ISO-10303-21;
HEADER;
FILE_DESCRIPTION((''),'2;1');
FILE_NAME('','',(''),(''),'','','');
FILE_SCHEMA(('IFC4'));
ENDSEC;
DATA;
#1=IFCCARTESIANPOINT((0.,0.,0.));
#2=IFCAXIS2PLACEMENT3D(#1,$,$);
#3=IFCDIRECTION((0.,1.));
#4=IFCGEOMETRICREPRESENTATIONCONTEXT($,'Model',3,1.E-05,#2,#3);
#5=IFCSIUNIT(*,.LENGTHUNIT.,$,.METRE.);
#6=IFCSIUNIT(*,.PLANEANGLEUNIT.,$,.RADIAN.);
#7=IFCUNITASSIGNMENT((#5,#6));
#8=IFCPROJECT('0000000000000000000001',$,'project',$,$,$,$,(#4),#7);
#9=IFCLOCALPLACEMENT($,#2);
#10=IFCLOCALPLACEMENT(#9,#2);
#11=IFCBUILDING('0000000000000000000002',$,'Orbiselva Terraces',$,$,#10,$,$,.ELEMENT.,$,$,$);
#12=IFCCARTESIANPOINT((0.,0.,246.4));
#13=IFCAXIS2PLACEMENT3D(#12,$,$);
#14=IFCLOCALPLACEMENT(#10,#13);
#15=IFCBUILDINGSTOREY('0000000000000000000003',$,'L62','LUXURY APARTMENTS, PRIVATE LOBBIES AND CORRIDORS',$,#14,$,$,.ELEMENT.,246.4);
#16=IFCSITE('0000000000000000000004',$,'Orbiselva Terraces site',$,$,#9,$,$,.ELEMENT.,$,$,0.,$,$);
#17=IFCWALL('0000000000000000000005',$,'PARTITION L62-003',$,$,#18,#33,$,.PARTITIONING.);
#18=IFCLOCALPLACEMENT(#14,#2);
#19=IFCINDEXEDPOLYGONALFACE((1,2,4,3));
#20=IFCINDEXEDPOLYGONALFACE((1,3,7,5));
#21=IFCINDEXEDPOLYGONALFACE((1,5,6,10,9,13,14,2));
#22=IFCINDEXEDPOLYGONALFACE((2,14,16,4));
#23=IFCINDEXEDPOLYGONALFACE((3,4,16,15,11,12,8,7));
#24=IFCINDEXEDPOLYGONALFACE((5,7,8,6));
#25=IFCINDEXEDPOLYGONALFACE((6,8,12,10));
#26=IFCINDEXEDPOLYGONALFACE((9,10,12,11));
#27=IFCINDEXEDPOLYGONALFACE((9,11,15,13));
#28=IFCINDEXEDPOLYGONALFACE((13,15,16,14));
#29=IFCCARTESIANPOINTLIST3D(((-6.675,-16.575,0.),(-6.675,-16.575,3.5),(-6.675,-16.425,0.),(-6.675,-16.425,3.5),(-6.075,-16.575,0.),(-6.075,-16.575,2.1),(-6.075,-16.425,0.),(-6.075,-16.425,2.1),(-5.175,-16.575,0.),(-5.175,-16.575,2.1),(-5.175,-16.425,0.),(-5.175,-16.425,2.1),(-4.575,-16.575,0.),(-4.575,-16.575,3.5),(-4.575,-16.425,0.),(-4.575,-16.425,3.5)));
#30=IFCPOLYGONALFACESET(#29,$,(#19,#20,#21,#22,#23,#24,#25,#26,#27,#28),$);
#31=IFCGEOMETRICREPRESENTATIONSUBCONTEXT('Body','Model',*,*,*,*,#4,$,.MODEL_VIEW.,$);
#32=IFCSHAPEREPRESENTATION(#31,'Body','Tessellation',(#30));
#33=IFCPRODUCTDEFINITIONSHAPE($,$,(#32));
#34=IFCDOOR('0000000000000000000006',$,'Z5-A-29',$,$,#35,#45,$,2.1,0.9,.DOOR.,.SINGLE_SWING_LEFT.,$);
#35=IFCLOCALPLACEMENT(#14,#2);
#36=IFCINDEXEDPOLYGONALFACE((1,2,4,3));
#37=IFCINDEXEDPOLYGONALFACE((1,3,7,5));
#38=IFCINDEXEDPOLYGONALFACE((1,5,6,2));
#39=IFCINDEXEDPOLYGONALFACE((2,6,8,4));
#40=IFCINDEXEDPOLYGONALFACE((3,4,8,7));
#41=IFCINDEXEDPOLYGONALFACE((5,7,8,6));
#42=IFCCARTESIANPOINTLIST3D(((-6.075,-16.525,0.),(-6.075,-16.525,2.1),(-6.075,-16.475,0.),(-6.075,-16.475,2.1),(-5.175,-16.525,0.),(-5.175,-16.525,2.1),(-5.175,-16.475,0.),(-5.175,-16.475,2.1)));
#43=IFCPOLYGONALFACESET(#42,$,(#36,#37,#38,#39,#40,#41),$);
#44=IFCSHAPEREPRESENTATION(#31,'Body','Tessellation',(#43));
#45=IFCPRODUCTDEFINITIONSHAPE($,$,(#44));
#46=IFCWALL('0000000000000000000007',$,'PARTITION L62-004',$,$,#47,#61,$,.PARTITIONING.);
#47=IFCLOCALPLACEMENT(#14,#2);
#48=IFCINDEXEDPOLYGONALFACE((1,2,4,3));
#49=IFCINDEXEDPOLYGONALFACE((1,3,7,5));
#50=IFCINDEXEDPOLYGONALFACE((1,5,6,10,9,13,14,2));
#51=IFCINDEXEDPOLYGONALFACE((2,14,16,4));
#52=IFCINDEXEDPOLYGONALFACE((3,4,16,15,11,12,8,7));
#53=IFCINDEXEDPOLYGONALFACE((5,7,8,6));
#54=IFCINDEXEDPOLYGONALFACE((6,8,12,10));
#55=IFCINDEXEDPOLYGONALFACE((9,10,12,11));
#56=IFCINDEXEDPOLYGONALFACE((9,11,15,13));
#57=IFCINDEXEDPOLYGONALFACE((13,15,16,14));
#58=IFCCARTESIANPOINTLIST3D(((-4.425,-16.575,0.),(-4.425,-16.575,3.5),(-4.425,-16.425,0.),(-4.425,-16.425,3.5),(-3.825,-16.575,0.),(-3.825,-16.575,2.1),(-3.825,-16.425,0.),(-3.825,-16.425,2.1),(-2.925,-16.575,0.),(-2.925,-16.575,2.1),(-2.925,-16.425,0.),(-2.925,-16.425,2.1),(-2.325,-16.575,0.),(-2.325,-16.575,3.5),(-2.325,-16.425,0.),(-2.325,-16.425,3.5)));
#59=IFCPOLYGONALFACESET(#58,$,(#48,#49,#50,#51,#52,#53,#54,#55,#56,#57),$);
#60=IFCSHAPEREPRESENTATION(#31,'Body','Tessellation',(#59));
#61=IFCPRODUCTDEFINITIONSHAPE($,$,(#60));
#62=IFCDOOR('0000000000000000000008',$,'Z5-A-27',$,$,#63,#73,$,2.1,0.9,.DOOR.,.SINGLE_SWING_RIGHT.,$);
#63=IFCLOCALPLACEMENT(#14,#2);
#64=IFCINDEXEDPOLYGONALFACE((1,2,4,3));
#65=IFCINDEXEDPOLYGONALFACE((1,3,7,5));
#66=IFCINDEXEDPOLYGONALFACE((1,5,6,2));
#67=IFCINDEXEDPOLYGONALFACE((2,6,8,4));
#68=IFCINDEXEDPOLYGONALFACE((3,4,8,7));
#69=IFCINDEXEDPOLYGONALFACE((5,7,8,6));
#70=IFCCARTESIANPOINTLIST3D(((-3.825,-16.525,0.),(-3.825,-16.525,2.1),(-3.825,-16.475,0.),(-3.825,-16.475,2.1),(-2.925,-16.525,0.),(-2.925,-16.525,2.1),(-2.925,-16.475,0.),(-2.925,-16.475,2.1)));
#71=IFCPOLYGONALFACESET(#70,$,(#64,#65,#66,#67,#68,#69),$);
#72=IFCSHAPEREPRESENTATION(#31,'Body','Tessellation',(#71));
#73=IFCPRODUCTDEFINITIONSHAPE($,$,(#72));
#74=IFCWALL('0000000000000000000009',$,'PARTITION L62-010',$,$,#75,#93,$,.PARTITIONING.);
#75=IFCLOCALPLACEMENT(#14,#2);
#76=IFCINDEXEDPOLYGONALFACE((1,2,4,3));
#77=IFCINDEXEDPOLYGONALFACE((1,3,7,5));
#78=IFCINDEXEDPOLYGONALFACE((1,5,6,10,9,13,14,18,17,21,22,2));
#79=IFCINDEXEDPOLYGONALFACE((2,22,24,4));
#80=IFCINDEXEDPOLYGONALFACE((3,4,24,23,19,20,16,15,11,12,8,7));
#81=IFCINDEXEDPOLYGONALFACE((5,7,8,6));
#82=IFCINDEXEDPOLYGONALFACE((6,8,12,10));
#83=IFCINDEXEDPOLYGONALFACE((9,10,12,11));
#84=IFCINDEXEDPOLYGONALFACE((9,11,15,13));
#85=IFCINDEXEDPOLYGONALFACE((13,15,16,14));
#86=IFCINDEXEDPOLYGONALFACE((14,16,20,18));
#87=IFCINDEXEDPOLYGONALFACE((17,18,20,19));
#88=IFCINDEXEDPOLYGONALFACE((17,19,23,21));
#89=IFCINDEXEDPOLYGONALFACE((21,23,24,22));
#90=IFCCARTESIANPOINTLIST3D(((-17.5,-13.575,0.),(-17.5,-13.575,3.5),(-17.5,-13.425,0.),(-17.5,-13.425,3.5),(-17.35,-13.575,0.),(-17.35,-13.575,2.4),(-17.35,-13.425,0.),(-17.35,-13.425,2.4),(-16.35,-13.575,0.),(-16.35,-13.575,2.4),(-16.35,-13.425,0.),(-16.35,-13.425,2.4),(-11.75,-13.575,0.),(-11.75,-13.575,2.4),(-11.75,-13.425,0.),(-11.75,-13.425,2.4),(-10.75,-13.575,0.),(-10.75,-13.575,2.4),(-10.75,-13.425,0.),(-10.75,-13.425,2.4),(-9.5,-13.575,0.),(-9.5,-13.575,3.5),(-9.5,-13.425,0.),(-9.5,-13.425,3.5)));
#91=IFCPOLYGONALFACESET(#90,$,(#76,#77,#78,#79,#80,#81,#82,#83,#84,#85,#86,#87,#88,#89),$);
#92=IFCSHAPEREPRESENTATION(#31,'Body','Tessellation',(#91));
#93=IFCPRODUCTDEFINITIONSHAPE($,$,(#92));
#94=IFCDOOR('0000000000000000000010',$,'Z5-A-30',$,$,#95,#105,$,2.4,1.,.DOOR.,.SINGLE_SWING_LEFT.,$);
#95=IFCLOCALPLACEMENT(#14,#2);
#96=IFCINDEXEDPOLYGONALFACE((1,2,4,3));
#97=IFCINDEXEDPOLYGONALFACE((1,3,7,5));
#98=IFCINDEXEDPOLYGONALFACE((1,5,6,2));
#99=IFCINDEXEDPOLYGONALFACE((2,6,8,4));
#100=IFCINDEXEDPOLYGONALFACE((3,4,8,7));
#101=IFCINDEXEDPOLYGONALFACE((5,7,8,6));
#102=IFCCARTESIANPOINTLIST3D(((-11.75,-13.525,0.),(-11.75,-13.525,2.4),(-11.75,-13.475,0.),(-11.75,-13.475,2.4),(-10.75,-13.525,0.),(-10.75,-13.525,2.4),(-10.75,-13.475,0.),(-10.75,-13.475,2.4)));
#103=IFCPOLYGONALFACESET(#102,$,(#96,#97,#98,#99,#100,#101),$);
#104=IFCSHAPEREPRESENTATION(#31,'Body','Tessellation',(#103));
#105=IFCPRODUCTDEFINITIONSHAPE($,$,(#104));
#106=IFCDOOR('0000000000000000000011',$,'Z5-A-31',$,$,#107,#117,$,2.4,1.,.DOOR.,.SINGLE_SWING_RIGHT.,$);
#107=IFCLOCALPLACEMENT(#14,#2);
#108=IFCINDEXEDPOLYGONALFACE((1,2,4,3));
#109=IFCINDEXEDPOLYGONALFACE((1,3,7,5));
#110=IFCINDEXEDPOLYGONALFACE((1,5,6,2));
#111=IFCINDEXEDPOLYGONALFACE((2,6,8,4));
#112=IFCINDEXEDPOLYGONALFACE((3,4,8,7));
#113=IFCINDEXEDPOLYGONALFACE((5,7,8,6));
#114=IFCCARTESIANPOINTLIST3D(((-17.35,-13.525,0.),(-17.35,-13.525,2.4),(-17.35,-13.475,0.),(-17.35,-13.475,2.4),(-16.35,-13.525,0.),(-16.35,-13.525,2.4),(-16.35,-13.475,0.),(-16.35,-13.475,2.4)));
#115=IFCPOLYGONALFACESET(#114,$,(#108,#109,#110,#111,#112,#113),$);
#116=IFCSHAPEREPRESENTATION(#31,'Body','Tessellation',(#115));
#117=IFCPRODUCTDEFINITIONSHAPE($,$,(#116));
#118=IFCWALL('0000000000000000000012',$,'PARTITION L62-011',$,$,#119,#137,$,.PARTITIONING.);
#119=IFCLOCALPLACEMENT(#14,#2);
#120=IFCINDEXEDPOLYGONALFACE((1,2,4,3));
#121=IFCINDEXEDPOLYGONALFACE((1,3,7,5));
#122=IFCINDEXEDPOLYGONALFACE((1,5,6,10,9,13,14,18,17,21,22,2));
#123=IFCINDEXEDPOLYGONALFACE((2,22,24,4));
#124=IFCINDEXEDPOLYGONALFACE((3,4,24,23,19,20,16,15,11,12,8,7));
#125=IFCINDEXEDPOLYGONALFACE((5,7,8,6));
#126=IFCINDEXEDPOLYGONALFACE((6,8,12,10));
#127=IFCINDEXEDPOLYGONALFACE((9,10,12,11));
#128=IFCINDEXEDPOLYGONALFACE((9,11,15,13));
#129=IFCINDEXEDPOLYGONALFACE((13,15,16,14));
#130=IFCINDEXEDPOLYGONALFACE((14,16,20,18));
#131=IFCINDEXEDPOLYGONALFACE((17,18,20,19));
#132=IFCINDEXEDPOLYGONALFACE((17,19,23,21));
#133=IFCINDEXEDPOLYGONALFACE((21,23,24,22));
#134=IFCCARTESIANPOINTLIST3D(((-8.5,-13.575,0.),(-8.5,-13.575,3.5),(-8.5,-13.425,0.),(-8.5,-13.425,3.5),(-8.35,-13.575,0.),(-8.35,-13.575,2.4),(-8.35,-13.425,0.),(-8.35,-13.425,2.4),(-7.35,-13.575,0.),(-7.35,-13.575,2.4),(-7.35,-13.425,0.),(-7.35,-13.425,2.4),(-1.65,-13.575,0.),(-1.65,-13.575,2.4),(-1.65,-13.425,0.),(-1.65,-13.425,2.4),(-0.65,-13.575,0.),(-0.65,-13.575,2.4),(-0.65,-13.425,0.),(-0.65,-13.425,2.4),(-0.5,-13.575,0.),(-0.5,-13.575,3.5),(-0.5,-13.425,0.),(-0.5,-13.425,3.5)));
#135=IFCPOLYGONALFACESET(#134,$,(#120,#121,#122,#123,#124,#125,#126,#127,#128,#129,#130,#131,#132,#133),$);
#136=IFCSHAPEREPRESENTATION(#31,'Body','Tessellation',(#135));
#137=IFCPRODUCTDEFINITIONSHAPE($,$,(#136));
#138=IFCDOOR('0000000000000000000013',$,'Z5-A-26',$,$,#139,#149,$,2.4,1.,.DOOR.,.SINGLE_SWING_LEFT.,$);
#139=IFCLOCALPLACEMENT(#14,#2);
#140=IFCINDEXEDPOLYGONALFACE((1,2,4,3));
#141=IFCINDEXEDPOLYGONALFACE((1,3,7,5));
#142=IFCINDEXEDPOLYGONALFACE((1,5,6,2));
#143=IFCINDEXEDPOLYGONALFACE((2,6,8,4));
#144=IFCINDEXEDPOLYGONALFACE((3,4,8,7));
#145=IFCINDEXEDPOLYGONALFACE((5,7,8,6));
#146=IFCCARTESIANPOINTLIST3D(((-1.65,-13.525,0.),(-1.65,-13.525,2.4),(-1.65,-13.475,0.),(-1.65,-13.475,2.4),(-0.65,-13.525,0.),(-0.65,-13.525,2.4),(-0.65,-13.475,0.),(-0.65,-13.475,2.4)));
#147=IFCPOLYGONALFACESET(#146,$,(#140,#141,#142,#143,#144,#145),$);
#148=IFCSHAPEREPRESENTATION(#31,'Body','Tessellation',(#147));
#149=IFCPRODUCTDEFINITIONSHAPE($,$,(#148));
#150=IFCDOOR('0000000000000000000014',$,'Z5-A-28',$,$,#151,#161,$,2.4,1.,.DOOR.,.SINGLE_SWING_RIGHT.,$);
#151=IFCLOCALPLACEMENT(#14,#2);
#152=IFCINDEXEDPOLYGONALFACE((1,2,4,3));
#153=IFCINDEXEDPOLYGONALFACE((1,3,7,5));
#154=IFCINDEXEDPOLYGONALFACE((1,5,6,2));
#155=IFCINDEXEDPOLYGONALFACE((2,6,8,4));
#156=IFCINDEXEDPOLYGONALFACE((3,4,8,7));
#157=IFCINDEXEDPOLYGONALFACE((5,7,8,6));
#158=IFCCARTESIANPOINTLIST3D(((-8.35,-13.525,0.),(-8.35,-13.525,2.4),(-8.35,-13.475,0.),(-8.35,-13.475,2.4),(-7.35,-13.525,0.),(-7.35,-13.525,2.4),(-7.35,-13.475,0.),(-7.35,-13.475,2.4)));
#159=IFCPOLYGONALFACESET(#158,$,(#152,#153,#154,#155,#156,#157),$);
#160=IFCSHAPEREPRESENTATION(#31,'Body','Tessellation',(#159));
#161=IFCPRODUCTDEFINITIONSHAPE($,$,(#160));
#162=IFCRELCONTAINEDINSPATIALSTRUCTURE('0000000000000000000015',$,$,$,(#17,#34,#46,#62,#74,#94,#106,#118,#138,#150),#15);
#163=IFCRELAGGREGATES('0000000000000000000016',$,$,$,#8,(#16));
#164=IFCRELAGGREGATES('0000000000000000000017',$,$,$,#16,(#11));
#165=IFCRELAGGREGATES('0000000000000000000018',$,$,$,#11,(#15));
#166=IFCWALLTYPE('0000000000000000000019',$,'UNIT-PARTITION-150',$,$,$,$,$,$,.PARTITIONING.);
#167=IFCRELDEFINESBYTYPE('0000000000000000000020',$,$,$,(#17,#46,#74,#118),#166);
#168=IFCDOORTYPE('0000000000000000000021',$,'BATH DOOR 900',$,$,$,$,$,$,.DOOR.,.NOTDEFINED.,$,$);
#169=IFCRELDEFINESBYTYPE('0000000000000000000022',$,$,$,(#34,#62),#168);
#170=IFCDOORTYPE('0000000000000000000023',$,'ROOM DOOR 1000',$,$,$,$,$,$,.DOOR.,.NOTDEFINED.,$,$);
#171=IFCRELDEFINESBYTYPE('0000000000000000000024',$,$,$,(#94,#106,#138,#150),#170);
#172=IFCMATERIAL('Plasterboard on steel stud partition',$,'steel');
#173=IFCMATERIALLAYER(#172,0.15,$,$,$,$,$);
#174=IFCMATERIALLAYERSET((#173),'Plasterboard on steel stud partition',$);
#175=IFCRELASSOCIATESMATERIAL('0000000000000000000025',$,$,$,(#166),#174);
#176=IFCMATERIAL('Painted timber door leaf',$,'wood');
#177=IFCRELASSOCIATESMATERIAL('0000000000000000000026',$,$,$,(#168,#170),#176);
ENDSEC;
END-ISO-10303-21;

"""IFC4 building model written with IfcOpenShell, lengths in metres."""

from ifc_helpers import new_model, si_unit, direction, frame, frame_2d, origin, place, context, subcontext, project, spatial, rectangle, extrude, material, layer, layer_set, type_object, element, fill, save


model = new_model("IFC4")

# Units and contexts
model_context = context("Model", 3, precision=1e-05, world=origin(), true_north=direction((0.0, 1.0)))
body_context = subcontext(model_context, "Body", "Model", "MODEL_VIEW")
ifc_project = project(units=[si_unit("LENGTHUNIT", "METRE"), si_unit("PLANEANGLEUNIT", "RADIAN")], contexts=[model_context])

# Site, building, storey
site_placement = place(None, origin())
site = spatial("IfcSite", under=ifc_project, at=site_placement, Name="Orbiselva Terraces site", CompositionType="ELEMENT", RefElevation=0.0)
building_placement = place(site_placement, origin())
building = spatial("IfcBuilding", under=site, at=building_placement, Name="Orbiselva Terraces", CompositionType="ELEMENT")
storey_placement = place(building_placement, frame((0.0, 0.0, 246.4)))
storey = spatial("IfcBuildingStorey", under=building, at=storey_placement, Name="L62", Description="LUXURY APARTMENTS, PRIVATE LOBBIES AND CORRIDORS", CompositionType="ELEMENT", Elevation=246.4)

# Walls, openings, doors
ifc_material_1 = material(Name="Plasterboard on steel stud partition", Category="steel")
ifc_layer_1 = layer(ifc_material_1, 0.15)
ifc_layer_set_1 = layer_set([ifc_layer_1], Name="Plasterboard on steel stud partition")
wall_type_1 = type_object("IfcWallType", Name="UNIT-PARTITION-150", PredefinedType="PARTITIONING", material=ifc_layer_set_1)
wall_1_placement = place(storey_placement, frame((-6.675, -16.5, 0.0), z_axis=(0.0, 0.0, 1.0), x_axis=(1.0, 0.0, 0.0)))
wall_1 = element("IfcWall", 1, at=wall_1_placement, inside=storey, type_object=wall_type_1, Name="PARTITION L62-003", PredefinedType="PARTITIONING", context=body_context, shape_type="SweptSolid", body=[
    extrude(rectangle(XDim=2.1, YDim=0.15, at=frame_2d((1.05, 0.0))), origin(), (0.0, 0.0, 1.0), 3.5),
])
opening_1_placement = place(wall_1_placement, frame((0.6, 0.0, 0.0)))
opening_1 = element("IfcOpeningElement", 2, at=opening_1_placement, cuts=wall_1, PredefinedType="OPENING", context=body_context, shape_type="SweptSolid", body=[
    extrude(rectangle(XDim=0.9, YDim=2.1, at=frame_2d((0.45, 1.05))), frame((0.0, 0.085, 0.0), z_axis=(0.0, -1.0, 0.0), x_axis=(1.0, 0.0, 0.0)), (0.0, 0.0, 1.0), 0.17),
])
ifc_material_2 = material(Name="Painted timber door leaf", Category="wood")
door_type_1 = type_object("IfcDoorType", Name="BATH DOOR 900", OperationType="NOTDEFINED", PredefinedType="DOOR", material=ifc_material_2)
door_1_placement = place(opening_1_placement, origin())
door_1 = element("IfcDoor", 3, at=door_1_placement, inside=storey, type_object=door_type_1, Name="Z5-A-29", OperationType="SINGLE_SWING_LEFT", OverallHeight=2.1, OverallWidth=0.9, PredefinedType="DOOR", context=body_context, shape_type="SweptSolid", body=[
    extrude(rectangle(XDim=0.9, YDim=2.1, at=frame_2d((0.45, 1.05))), frame((0.0, 0.025, 0.0), z_axis=(0.0, -1.0, 0.0), x_axis=(1.0, 0.0, 0.0)), (0.0, 0.0, 1.0), 0.05),
])
fill(opening_1, door_1)
wall_2_placement = place(storey_placement, frame((-4.425, -16.5, 0.0), z_axis=(0.0, 0.0, 1.0), x_axis=(1.0, 0.0, 0.0)))
wall_2 = element("IfcWall", 4, at=wall_2_placement, inside=storey, type_object=wall_type_1, Name="PARTITION L62-004", PredefinedType="PARTITIONING", context=body_context, shape_type="SweptSolid", body=[
    extrude(rectangle(XDim=2.1, YDim=0.15, at=frame_2d((1.05, 0.0))), origin(), (0.0, 0.0, 1.0), 3.5),
])
opening_2_placement = place(wall_2_placement, frame((0.6, 0.0, 0.0)))
opening_2 = element("IfcOpeningElement", 5, at=opening_2_placement, cuts=wall_2, PredefinedType="OPENING", context=body_context, shape_type="SweptSolid", body=[
    extrude(rectangle(XDim=0.9, YDim=2.1, at=frame_2d((0.45, 1.05))), frame((0.0, 0.085, 0.0), z_axis=(0.0, -1.0, 0.0), x_axis=(1.0, 0.0, 0.0)), (0.0, 0.0, 1.0), 0.17),
])
door_2_placement = place(opening_2_placement, origin())
door_2 = element("IfcDoor", 6, at=door_2_placement, inside=storey, type_object=door_type_1, Name="Z5-A-27", OperationType="SINGLE_SWING_RIGHT", OverallHeight=2.1, OverallWidth=0.9, PredefinedType="DOOR", context=body_context, shape_type="SweptSolid", body=[
    extrude(rectangle(XDim=0.9, YDim=2.1, at=frame_2d((0.45, 1.05))), frame((0.0, 0.025, 0.0), z_axis=(0.0, -1.0, 0.0), x_axis=(1.0, 0.0, 0.0)), (0.0, 0.0, 1.0), 0.05),
])
fill(opening_2, door_2)

# Walls, openings, doors
wall_3_placement = place(storey_placement, frame((-9.5, -13.5, 0.0), z_axis=(0.0, 0.0, 1.0), x_axis=(-1.0, 0.0, 0.0)))
wall_3 = element("IfcWall", 7, at=wall_3_placement, inside=storey, type_object=wall_type_1, Name="PARTITION L62-010", PredefinedType="PARTITIONING", context=body_context, shape_type="SweptSolid", body=[
    extrude(rectangle(XDim=8.0, YDim=0.15, at=frame_2d((4.0, 0.0))), origin(), (0.0, 0.0, 1.0), 3.5),
])
opening_3_placement = place(wall_3_placement, frame((1.25, 0.0, 0.0)))
opening_3 = element("IfcOpeningElement", 8, at=opening_3_placement, cuts=wall_3, PredefinedType="OPENING", context=body_context, shape_type="SweptSolid", body=[
    extrude(rectangle(XDim=1.0, YDim=2.4, at=frame_2d((0.5, 1.2))), frame((0.0, 0.085, 0.0), z_axis=(0.0, -1.0, 0.0), x_axis=(1.0, 0.0, 0.0)), (0.0, 0.0, 1.0), 0.17),
])
opening_4_placement = place(wall_3_placement, frame((6.85, 0.0, 0.0)))
opening_4 = element("IfcOpeningElement", 9, at=opening_4_placement, cuts=wall_3, PredefinedType="OPENING", context=body_context, shape_type="SweptSolid", body=[
    extrude(rectangle(XDim=1.0, YDim=2.4, at=frame_2d((0.5, 1.2))), frame((0.0, 0.085, 0.0), z_axis=(0.0, -1.0, 0.0), x_axis=(1.0, 0.0, 0.0)), (0.0, 0.0, 1.0), 0.17),
])
door_type_2 = type_object("IfcDoorType", Name="ROOM DOOR 1000", OperationType="NOTDEFINED", PredefinedType="DOOR", material=ifc_material_2)
door_3_placement = place(opening_3_placement, origin())
door_3 = element("IfcDoor", 10, at=door_3_placement, inside=storey, type_object=door_type_2, Name="Z5-A-30", OperationType="SINGLE_SWING_LEFT", OverallHeight=2.4, OverallWidth=1.0, PredefinedType="DOOR", context=body_context, shape_type="SweptSolid", body=[
    extrude(rectangle(XDim=1.0, YDim=2.4, at=frame_2d((0.5, 1.2))), frame((0.0, 0.025, 0.0), z_axis=(0.0, -1.0, 0.0), x_axis=(1.0, 0.0, 0.0)), (0.0, 0.0, 1.0), 0.05),
])
fill(opening_3, door_3)
door_4_placement = place(opening_4_placement, origin())
door_4 = element("IfcDoor", 11, at=door_4_placement, inside=storey, type_object=door_type_2, Name="Z5-A-31", OperationType="SINGLE_SWING_RIGHT", OverallHeight=2.4, OverallWidth=1.0, PredefinedType="DOOR", context=body_context, shape_type="SweptSolid", body=[
    extrude(rectangle(XDim=1.0, YDim=2.4, at=frame_2d((0.5, 1.2))), frame((0.0, 0.025, 0.0), z_axis=(0.0, -1.0, 0.0), x_axis=(1.0, 0.0, 0.0)), (0.0, 0.0, 1.0), 0.05),
])
fill(opening_4, door_4)
wall_4_placement = place(storey_placement, frame((-0.5, -13.5, 0.0), z_axis=(0.0, 0.0, 1.0), x_axis=(-1.0, 0.0, 0.0)))
wall_4 = element("IfcWall", 12, at=wall_4_placement, inside=storey, type_object=wall_type_1, Name="PARTITION L62-011", PredefinedType="PARTITIONING", context=body_context, shape_type="SweptSolid", body=[
    extrude(rectangle(XDim=8.0, YDim=0.15, at=frame_2d((4.0, 0.0))), origin(), (0.0, 0.0, 1.0), 3.5),
])
opening_5_placement = place(wall_4_placement, frame((0.15, 0.0, 0.0)))
opening_5 = element("IfcOpeningElement", 13, at=opening_5_placement, cuts=wall_4, PredefinedType="OPENING", context=body_context, shape_type="SweptSolid", body=[
    extrude(rectangle(XDim=1.0, YDim=2.4, at=frame_2d((0.5, 1.2))), frame((0.0, 0.085, 0.0), z_axis=(0.0, -1.0, 0.0), x_axis=(1.0, 0.0, 0.0)), (0.0, 0.0, 1.0), 0.17),
])
opening_6_placement = place(wall_4_placement, frame((6.85, 0.0, 0.0)))
opening_6 = element("IfcOpeningElement", 14, at=opening_6_placement, cuts=wall_4, PredefinedType="OPENING", context=body_context, shape_type="SweptSolid", body=[
    extrude(rectangle(XDim=1.0, YDim=2.4, at=frame_2d((0.5, 1.2))), frame((0.0, 0.085, 0.0), z_axis=(0.0, -1.0, 0.0), x_axis=(1.0, 0.0, 0.0)), (0.0, 0.0, 1.0), 0.17),
])
door_5_placement = place(opening_5_placement, origin())
door_5 = element("IfcDoor", 15, at=door_5_placement, inside=storey, type_object=door_type_2, Name="Z5-A-26", OperationType="SINGLE_SWING_LEFT", OverallHeight=2.4, OverallWidth=1.0, PredefinedType="DOOR", context=body_context, shape_type="SweptSolid", body=[
    extrude(rectangle(XDim=1.0, YDim=2.4, at=frame_2d((0.5, 1.2))), frame((0.0, 0.025, 0.0), z_axis=(0.0, -1.0, 0.0), x_axis=(1.0, 0.0, 0.0)), (0.0, 0.0, 1.0), 0.05),
])
fill(opening_5, door_5)
door_6_placement = place(opening_6_placement, origin())
door_6 = element("IfcDoor", 16, at=door_6_placement, inside=storey, type_object=door_type_2, Name="Z5-A-28", OperationType="SINGLE_SWING_RIGHT", OverallHeight=2.4, OverallWidth=1.0, PredefinedType="DOOR", context=body_context, shape_type="SweptSolid", body=[
    extrude(rectangle(XDim=1.0, YDim=2.4, at=frame_2d((0.5, 1.2))), frame((0.0, 0.025, 0.0), z_axis=(0.0, -1.0, 0.0), x_axis=(1.0, 0.0, 0.0)), (0.0, 0.0, 1.0), 0.05),
])
fill(opening_6, door_6)

save(model, "model.ifc")
